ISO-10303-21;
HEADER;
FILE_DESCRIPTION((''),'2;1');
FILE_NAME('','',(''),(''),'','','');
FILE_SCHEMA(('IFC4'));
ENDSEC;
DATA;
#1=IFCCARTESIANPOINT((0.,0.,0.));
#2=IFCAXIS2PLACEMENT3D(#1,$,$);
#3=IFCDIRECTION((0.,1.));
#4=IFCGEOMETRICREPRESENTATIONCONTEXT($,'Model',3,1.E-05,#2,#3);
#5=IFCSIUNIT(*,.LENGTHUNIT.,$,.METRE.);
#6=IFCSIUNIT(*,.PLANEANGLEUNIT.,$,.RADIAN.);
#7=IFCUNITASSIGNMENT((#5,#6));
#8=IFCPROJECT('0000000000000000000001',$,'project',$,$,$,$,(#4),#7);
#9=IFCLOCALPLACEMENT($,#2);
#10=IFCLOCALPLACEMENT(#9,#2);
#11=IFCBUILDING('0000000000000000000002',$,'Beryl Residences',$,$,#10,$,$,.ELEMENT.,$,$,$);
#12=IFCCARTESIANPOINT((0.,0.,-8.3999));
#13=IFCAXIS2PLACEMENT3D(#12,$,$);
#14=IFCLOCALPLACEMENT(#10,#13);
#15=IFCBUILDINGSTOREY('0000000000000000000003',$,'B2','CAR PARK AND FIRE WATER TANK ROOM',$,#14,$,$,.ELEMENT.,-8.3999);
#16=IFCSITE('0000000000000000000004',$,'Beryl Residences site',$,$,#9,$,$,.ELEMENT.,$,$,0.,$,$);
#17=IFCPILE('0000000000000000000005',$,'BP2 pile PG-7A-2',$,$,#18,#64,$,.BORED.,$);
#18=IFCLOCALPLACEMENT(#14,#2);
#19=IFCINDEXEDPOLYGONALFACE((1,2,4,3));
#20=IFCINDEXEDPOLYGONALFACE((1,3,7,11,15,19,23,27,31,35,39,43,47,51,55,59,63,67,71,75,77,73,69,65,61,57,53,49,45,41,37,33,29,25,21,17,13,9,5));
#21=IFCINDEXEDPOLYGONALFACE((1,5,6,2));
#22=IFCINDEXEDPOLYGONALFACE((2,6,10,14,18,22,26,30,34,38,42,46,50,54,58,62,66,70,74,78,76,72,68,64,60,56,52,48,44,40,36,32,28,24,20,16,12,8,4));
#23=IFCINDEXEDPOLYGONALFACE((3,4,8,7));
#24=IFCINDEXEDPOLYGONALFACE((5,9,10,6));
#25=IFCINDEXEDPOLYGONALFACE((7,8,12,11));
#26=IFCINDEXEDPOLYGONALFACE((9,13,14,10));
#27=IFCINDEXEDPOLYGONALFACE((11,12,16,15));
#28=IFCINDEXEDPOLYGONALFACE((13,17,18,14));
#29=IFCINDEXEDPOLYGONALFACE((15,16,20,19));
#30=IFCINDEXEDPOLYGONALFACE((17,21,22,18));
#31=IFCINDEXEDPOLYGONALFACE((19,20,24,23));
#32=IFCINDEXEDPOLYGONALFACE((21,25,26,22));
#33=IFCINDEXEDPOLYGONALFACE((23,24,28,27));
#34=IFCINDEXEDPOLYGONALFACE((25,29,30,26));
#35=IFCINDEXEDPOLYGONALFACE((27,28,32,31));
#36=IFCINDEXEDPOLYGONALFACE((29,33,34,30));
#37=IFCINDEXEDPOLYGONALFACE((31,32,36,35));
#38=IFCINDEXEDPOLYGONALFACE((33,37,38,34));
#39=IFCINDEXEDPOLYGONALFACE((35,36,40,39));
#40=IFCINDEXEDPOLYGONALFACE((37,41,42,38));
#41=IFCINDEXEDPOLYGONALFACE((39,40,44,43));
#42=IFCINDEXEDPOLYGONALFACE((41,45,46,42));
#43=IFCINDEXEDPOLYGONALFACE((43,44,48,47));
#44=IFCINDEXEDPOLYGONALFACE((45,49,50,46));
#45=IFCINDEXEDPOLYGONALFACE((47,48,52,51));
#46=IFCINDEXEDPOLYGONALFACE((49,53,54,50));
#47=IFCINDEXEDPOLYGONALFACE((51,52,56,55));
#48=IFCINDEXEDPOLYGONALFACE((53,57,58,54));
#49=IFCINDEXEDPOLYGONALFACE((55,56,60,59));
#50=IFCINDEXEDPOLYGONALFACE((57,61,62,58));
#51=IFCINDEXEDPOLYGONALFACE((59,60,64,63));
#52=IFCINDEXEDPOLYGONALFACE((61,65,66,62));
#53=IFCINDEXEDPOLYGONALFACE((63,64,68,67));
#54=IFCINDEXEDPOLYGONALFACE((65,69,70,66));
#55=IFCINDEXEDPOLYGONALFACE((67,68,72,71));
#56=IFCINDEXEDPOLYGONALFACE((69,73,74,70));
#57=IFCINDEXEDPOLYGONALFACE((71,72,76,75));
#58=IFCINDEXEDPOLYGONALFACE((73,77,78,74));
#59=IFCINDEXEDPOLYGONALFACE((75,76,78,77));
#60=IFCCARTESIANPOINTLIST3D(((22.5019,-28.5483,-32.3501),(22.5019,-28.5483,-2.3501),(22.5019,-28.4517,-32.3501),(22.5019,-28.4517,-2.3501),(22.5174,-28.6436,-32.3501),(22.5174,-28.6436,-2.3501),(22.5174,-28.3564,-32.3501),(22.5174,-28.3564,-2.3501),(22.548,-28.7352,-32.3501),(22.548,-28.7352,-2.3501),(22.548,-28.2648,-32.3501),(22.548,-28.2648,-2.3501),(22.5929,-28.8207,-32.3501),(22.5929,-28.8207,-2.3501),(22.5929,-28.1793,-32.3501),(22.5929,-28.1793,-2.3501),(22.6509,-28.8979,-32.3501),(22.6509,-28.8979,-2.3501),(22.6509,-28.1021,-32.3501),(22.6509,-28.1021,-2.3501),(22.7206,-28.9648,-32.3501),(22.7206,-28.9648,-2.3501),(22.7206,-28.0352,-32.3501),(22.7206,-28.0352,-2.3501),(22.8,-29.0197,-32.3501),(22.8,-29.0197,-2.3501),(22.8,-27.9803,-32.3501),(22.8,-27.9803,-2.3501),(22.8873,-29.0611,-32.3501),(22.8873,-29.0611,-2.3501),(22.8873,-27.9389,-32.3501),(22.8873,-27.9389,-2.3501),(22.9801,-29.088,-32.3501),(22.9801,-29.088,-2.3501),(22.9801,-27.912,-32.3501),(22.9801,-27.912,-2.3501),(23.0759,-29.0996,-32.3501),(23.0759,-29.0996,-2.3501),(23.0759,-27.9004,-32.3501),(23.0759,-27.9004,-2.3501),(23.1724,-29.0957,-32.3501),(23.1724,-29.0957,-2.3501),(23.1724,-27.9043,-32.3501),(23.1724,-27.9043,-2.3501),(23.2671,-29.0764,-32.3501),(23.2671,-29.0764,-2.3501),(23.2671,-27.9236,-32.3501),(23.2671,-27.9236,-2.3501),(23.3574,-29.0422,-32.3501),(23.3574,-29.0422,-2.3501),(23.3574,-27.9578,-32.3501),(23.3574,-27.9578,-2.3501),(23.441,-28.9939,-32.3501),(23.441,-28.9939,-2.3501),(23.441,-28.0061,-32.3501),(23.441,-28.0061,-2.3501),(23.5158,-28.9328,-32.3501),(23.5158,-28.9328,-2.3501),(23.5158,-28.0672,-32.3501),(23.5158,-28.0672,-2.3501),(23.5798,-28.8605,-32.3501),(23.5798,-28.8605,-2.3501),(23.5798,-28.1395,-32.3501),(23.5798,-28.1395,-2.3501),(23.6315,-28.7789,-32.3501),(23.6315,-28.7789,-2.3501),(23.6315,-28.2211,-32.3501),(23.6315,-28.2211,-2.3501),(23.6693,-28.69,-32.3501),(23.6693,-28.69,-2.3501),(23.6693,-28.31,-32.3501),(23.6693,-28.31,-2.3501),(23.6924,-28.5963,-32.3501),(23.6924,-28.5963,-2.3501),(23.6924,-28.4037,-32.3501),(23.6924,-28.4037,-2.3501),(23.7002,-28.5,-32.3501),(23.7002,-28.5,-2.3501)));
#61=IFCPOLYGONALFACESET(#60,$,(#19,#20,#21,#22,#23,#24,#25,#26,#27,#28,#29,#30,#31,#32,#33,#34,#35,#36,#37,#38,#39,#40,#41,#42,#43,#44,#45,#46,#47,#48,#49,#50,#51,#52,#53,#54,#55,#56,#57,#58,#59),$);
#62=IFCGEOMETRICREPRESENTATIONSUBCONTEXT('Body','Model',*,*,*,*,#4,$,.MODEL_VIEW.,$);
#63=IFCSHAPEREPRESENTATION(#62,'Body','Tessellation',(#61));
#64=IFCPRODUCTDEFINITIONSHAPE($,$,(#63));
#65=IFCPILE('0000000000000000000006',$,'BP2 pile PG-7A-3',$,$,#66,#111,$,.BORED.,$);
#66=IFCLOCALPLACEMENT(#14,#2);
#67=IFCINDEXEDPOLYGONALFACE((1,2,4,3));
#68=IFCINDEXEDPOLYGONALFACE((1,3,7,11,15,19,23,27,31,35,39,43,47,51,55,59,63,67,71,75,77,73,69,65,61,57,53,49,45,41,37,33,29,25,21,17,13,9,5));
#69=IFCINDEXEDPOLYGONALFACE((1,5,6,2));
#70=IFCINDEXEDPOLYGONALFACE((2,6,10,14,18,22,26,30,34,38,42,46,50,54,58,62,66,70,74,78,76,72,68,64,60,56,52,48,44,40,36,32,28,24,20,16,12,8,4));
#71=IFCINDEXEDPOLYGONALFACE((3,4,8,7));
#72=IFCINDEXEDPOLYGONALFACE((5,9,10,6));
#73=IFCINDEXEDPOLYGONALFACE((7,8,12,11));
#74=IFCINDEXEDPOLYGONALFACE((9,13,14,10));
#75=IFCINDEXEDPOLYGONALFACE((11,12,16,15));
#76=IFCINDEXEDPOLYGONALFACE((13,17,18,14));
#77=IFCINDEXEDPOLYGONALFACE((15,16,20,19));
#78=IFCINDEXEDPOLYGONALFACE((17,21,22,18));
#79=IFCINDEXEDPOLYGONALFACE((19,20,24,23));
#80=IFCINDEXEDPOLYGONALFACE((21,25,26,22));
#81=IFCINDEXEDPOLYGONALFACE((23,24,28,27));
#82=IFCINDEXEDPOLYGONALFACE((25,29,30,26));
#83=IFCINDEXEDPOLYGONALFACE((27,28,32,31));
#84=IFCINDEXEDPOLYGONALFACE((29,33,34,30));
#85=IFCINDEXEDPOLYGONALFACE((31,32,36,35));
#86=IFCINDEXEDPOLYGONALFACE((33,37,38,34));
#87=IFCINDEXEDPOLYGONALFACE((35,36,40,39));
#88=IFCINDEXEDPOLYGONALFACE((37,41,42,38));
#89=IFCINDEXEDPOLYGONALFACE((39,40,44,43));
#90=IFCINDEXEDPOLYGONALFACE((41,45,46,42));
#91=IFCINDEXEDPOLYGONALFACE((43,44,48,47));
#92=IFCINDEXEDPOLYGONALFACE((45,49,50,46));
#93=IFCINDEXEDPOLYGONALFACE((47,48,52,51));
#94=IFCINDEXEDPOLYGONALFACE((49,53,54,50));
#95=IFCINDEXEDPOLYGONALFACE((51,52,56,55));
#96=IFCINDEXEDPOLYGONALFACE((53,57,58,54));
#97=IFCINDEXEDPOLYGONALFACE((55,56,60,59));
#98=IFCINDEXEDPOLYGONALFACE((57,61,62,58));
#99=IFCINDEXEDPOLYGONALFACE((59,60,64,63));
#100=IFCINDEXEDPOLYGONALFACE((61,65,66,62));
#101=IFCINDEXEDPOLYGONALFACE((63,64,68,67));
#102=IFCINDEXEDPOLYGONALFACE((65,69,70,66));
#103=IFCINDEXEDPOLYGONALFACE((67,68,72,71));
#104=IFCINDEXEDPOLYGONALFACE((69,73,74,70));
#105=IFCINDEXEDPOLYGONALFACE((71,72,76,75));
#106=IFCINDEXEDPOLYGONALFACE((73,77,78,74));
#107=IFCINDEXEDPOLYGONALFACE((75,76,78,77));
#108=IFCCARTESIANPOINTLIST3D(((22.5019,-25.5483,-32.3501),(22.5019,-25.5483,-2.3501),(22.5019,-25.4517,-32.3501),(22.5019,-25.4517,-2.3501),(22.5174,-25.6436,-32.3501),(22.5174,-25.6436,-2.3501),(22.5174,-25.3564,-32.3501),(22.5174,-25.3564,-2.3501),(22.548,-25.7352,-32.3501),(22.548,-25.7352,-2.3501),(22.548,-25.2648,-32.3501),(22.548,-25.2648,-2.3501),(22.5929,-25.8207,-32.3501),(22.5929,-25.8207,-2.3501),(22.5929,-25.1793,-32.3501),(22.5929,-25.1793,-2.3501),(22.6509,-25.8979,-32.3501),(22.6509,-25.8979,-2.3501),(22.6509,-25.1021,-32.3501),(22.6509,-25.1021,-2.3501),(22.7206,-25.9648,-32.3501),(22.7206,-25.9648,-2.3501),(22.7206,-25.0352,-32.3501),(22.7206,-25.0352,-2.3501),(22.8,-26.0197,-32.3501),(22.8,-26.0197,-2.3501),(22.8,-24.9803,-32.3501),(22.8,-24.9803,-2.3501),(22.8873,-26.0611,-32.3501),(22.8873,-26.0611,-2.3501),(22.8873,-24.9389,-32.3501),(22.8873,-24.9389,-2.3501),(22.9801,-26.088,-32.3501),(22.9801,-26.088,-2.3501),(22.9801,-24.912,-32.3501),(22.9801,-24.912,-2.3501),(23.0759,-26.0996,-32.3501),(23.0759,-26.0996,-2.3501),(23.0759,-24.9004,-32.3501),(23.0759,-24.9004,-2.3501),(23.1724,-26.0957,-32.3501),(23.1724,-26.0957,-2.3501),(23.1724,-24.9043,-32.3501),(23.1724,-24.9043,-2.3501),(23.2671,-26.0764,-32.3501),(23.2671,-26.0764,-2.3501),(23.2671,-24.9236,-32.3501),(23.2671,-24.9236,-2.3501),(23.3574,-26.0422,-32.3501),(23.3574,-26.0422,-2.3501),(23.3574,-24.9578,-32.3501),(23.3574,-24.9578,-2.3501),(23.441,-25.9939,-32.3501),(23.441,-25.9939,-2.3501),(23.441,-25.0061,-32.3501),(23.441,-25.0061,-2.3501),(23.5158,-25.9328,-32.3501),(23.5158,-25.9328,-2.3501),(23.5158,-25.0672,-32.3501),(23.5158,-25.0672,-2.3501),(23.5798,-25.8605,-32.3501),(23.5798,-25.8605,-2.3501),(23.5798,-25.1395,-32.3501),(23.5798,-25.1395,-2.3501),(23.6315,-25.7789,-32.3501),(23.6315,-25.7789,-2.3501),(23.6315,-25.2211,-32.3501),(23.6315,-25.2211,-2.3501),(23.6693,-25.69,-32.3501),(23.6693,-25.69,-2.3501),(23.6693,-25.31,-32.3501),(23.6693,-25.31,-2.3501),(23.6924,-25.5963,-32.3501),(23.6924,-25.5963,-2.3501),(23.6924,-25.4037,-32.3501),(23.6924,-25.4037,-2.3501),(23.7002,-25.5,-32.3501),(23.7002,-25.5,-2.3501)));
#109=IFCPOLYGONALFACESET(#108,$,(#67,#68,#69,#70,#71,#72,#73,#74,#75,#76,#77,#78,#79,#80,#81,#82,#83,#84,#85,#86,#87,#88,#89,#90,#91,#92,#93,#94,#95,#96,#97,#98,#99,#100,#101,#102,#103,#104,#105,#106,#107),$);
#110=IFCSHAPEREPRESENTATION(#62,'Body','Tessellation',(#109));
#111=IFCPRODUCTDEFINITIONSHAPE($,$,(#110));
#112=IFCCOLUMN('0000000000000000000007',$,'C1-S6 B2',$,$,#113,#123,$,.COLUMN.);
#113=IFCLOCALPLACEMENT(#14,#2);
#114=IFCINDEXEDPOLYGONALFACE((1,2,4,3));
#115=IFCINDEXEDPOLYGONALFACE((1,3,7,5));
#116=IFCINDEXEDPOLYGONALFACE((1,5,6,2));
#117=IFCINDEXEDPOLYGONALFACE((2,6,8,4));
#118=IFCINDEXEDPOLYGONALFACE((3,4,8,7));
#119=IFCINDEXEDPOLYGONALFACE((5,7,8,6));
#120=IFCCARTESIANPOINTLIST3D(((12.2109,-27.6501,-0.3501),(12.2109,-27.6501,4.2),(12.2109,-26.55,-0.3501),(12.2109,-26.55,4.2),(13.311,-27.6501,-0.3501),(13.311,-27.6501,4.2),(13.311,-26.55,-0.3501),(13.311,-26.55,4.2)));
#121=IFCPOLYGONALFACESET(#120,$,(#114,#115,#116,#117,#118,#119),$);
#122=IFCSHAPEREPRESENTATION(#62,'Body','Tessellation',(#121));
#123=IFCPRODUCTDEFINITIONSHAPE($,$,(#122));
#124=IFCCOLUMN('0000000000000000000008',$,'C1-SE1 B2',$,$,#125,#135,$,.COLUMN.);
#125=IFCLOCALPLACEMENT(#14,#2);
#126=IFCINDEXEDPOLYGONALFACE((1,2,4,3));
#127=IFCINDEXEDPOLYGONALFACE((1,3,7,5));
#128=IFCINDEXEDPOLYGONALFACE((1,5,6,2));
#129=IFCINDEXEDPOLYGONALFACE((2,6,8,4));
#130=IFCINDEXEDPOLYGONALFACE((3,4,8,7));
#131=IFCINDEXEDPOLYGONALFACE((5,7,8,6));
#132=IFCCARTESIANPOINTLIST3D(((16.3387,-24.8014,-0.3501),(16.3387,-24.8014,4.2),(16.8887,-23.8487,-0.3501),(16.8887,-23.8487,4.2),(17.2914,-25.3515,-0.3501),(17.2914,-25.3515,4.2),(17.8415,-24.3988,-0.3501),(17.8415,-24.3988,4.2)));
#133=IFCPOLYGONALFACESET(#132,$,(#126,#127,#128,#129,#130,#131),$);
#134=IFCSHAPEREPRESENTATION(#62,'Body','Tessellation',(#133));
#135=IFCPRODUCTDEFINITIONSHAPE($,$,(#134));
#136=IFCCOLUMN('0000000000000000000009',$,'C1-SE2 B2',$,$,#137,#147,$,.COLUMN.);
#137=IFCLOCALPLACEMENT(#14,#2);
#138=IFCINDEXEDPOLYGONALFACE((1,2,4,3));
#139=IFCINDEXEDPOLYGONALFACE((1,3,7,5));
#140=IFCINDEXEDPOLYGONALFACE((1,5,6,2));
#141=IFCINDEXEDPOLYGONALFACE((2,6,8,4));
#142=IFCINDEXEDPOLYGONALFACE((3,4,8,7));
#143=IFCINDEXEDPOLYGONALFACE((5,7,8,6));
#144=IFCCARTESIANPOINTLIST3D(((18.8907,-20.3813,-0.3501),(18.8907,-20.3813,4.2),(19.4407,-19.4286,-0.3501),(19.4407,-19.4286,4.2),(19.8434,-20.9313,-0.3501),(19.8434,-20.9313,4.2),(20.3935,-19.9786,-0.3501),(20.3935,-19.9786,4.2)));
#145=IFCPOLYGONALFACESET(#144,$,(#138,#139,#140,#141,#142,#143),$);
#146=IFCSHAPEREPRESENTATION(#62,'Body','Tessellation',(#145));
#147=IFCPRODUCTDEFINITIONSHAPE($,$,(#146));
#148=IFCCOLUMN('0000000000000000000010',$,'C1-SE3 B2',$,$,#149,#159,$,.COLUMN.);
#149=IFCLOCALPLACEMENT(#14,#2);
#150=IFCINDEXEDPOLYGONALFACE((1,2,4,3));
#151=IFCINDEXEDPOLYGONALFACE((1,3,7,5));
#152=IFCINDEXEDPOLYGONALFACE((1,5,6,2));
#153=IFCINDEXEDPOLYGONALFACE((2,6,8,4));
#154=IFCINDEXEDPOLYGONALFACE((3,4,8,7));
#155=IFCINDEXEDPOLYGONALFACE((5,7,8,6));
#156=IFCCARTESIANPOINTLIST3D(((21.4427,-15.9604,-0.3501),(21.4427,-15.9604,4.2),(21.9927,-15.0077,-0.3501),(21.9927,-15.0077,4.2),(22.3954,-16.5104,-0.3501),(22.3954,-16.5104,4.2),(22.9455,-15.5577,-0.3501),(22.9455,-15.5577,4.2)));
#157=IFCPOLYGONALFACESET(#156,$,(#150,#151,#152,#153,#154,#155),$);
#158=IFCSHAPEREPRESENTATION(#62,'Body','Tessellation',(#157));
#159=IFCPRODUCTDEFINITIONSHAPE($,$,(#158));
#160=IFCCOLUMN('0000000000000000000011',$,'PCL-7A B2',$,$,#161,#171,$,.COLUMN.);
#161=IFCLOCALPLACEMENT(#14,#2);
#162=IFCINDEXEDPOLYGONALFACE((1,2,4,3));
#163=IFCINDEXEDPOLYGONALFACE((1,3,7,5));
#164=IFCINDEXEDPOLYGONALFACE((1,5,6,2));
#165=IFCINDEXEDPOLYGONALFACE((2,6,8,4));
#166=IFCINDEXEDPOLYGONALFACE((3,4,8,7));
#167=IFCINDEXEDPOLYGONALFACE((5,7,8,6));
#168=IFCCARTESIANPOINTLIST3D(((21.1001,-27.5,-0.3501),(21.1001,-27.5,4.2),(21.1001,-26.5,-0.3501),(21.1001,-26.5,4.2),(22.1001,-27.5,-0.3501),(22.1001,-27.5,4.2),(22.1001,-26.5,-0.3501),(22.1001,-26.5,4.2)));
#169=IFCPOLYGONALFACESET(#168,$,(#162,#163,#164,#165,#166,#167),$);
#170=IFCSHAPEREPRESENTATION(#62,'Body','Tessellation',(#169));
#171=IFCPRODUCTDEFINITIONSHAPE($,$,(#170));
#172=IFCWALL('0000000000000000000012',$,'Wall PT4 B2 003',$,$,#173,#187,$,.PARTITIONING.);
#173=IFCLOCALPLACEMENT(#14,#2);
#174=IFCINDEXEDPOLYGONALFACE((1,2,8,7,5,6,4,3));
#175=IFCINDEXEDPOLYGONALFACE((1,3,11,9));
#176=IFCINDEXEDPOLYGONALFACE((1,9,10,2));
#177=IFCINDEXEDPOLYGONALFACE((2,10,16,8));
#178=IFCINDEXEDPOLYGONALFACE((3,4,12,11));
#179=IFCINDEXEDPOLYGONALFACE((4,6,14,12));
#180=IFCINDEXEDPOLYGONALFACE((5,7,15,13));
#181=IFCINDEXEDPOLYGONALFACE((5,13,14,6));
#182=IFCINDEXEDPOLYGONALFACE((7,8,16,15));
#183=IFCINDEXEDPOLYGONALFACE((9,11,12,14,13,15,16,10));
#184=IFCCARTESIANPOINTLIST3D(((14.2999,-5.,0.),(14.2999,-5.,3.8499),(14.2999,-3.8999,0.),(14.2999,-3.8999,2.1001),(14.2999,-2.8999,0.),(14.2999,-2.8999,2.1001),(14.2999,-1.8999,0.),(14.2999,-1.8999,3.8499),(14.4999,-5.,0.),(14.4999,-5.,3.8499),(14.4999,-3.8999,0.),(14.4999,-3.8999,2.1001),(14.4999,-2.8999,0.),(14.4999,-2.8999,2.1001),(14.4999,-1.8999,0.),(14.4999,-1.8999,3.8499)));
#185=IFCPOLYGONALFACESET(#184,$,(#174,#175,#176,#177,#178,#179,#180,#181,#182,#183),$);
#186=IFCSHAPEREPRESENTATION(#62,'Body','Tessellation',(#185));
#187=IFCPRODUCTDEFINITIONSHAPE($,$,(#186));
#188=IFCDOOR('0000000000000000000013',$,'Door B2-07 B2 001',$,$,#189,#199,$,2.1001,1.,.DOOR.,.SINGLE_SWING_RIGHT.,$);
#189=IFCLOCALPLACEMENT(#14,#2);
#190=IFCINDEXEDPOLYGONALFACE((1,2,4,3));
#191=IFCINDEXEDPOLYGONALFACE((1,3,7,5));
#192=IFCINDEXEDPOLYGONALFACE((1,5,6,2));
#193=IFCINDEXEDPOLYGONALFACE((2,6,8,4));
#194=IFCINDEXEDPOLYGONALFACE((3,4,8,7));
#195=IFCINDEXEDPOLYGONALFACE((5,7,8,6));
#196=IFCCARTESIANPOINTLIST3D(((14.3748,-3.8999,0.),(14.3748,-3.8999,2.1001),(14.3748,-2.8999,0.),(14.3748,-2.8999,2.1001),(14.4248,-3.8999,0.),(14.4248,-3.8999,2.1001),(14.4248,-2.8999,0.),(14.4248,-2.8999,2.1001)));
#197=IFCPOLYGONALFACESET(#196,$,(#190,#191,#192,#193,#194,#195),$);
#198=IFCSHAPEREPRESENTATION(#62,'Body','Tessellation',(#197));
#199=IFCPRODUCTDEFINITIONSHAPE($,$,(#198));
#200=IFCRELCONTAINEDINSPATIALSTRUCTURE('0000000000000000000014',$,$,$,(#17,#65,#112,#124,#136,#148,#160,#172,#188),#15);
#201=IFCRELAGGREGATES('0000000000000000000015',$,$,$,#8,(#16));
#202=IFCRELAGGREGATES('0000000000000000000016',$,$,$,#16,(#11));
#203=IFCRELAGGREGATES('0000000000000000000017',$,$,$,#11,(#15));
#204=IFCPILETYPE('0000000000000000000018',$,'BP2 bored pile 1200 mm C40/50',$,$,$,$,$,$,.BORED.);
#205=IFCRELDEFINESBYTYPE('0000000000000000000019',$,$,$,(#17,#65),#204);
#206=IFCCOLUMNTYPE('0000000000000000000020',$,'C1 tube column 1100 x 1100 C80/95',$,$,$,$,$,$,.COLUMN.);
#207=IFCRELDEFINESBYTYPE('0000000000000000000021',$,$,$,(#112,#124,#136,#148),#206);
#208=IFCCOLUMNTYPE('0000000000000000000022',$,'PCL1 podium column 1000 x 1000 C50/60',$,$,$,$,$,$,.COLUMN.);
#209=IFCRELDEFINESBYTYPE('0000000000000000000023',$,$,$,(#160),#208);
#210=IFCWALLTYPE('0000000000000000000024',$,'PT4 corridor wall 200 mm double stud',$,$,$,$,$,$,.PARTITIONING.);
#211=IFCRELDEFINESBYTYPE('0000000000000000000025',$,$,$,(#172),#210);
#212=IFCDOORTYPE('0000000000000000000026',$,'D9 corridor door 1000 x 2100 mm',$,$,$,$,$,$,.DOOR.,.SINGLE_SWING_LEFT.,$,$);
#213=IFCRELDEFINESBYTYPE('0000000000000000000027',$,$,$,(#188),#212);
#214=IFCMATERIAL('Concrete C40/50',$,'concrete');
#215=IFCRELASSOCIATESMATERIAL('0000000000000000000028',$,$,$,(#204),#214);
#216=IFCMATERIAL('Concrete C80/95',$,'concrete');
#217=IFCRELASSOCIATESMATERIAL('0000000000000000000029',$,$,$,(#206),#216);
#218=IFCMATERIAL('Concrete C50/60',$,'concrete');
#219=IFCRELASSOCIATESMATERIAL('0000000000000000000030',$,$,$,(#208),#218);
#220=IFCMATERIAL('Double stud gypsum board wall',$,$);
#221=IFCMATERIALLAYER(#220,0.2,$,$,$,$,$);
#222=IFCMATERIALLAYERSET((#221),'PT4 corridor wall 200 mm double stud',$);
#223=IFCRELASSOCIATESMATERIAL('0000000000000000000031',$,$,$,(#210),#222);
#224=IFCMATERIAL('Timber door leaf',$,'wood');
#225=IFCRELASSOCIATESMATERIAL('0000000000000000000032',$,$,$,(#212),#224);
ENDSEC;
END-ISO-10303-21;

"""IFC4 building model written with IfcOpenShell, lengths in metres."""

from ifc_helpers import new_model, si_unit, direction, frame, frame_2d, origin, origin_2d, place, context, subcontext, project, spatial, rectangle, circle, extrude, material, layer, layer_set, material_profile, profile_set, type_object, element, fill, save


model = new_model("IFC4")

# Units and contexts
model_context = context("Model", 3, precision=1e-05, world=origin(), true_north=direction((0.0, 1.0)))
body_context = subcontext(model_context, "Body", "Model", "MODEL_VIEW")
ifc_project = project(units=[si_unit("LENGTHUNIT", "METRE"), si_unit("PLANEANGLEUNIT", "RADIAN")], contexts=[model_context])

# Site, building, storey
site_placement = place(None, origin())
site = spatial("IfcSite", under=ifc_project, at=site_placement, Name="Beryl Residences site", CompositionType="ELEMENT", RefElevation=0.0)
building_placement = place(site_placement, origin())
building = spatial("IfcBuilding", under=site, at=building_placement, Name="Beryl Residences", CompositionType="ELEMENT")
storey_placement = place(building_placement, frame((0.0, 0.0, -8.3999)))
storey = spatial("IfcBuildingStorey", under=building, at=storey_placement, Name="B2", Description="CAR PARK AND FIRE WATER TANK ROOM", CompositionType="ELEMENT", Elevation=-8.3999)

# Piles
ifc_material_1 = material(Name="Concrete C40/50", Category="concrete")
ifc_material_profile_1 = material_profile(ifc_material_1, circle(Radius=0.6001, at=origin_2d()))
ifc_profile_set_1 = profile_set([ifc_material_profile_1], Name="Concrete C40/50")
pile_type_1 = type_object("IfcPileType", Name="BP2 bored pile 1200 mm C40/50", PredefinedType="BORED", material=ifc_profile_set_1)
for number, where, z_axis, x_axis, name in (
    (1, (23.1001, -28.5, -2.3501), (0.0, 0.0, -1.0), (1.0, 0.0, 0.0), "BP2 pile PG-7A-2"),
    (2, (23.1001, -25.5, -2.3501), (0.0, 0.0, -1.0), (1.0, 0.0, 0.0), "BP2 pile PG-7A-3"),
):
    element("IfcPile", number, at=place(storey_placement, frame(where, z_axis=z_axis, x_axis=x_axis)), inside=storey, type_object=pile_type_1, Name=name, PredefinedType="BORED", context=body_context, shape_type="SweptSolid", body=[
        extrude(circle(Radius=0.6001, at=origin_2d()), origin(), (0.0, 0.0, 1.0), 30.0),
    ])

# Columns
ifc_material_2 = material(Name="Concrete C80/95", Category="concrete")
ifc_material_profile_2 = material_profile(ifc_material_2, rectangle(XDim=1.1001, YDim=1.1001, at=origin_2d()))
ifc_profile_set_2 = profile_set([ifc_material_profile_2], Name="Concrete C80/95")
column_type_1 = type_object("IfcColumnType", Name="C1 tube column 1100 x 1100 C80/95", PredefinedType="COLUMN", material=ifc_profile_set_2)
for number, where, z_axis, x_axis, name in (
    (3, (12.761, -27.1001, -0.3501), (0.0, 0.0, 1.0), (1.0, 0.0, 0.0), "C1-S6 B2"),
    (4, (17.0901, -24.6001, -0.3501), (0.0, 0.0, 1.0), (0.499985, 0.866034, 0.0), "C1-SE1 B2"),
    (5, (19.6421, -20.1799, -0.3501), (0.0, 0.0, 1.0), (0.499985, 0.866034, 0.0), "C1-SE2 B2"),
    (6, (22.1941, -15.759, -0.3501), (0.0, 0.0, 1.0), (0.499985, 0.866034, 0.0), "C1-SE3 B2"),
):
    element("IfcColumn", number, at=place(storey_placement, frame(where, z_axis=z_axis, x_axis=x_axis)), inside=storey, type_object=column_type_1, Name=name, PredefinedType="COLUMN", context=body_context, shape_type="SweptSolid", body=[
        extrude(rectangle(XDim=1.1001, YDim=1.1001, at=origin_2d()), origin(), (0.0, 0.0, 1.0), 4.55),
    ])
ifc_material_3 = material(Name="Concrete C50/60", Category="concrete")
ifc_material_profile_3 = material_profile(ifc_material_3, rectangle(XDim=1.0, YDim=1.0, at=origin_2d()))
ifc_profile_set_3 = profile_set([ifc_material_profile_3], Name="Concrete C50/60")
column_type_2 = type_object("IfcColumnType", Name="PCL1 podium column 1000 x 1000 C50/60", PredefinedType="COLUMN", material=ifc_profile_set_3)
column_placement = place(storey_placement, frame((21.6001, -27.0, -0.3501), z_axis=(0.0, 0.0, 1.0), x_axis=(1.0, 0.0, 0.0)))
element("IfcColumn", 7, at=column_placement, inside=storey, type_object=column_type_2, Name="PCL-7A B2", PredefinedType="COLUMN", context=body_context, shape_type="SweptSolid", body=[
    extrude(rectangle(XDim=1.0, YDim=1.0, at=origin_2d()), origin(), (0.0, 0.0, 1.0), 4.55),
])

# Wall, opening, door
ifc_material_4 = material(Name="Double stud gypsum board wall")
ifc_layer_1 = layer(ifc_material_4, 0.2)
ifc_layer_set_1 = layer_set([ifc_layer_1], Name="PT4 corridor wall 200 mm double stud")
wall_type_1 = type_object("IfcWallType", Name="PT4 corridor wall 200 mm double stud", PredefinedType="PARTITIONING", material=ifc_layer_set_1)
wall_1_placement = place(storey_placement, frame((14.3999, -5.0, 0.0), z_axis=(0.0, 0.0, 1.0), x_axis=(0.0, 1.0, 0.0)))
wall_1 = element("IfcWall", 8, at=wall_1_placement, inside=storey, type_object=wall_type_1, Name="Wall PT4 B2 003", PredefinedType="PARTITIONING", context=body_context, shape_type="SweptSolid", body=[
    extrude(rectangle(XDim=3.1001, YDim=0.2, at=frame_2d((1.55, 0.0))), origin(), (0.0, 0.0, 1.0), 3.8499),
])
opening_placement = place(wall_1_placement, frame((2.1001, 0.0, 0.0), z_axis=(0.0, 0.0, 1.0), x_axis=(-1.0, 0.0, 0.0)))
opening = element("IfcOpeningElement", 9, at=opening_placement, cuts=wall_1, PredefinedType="OPENING", context=body_context, shape_type="SweptSolid", body=[
    extrude(rectangle(XDim=1.0, YDim=2.1001, at=frame_2d((0.5, 1.05))), frame((0.0, 0.1099, 0.0), z_axis=(0.0, -1.0, 0.0), x_axis=(1.0, 0.0, 0.0)), (0.0, 0.0, 1.0), 0.22),
])
ifc_material_5 = material(Name="Timber door leaf", Category="wood")
door_type = type_object("IfcDoorType", Name="D9 corridor door 1000 x 2100 mm", OperationType="SINGLE_SWING_LEFT", PredefinedType="DOOR", material=ifc_material_5)
door_placement = place(opening_placement, origin())
door = element("IfcDoor", 10, at=door_placement, inside=storey, type_object=door_type, Name="Door B2-07 B2 001", OperationType="SINGLE_SWING_RIGHT", OverallHeight=2.1001, OverallWidth=1.0, PredefinedType="DOOR", context=body_context, shape_type="SweptSolid", body=[
    extrude(rectangle(XDim=1.0, YDim=2.1001, at=frame_2d((0.5, 1.05))), frame((0.0, 0.0249, 0.0), z_axis=(0.0, -1.0, 0.0), x_axis=(1.0, 0.0, 0.0)), (0.0, 0.0, 1.0), 0.05),
])
fill(opening, door)

save(model, "model.ifc")
